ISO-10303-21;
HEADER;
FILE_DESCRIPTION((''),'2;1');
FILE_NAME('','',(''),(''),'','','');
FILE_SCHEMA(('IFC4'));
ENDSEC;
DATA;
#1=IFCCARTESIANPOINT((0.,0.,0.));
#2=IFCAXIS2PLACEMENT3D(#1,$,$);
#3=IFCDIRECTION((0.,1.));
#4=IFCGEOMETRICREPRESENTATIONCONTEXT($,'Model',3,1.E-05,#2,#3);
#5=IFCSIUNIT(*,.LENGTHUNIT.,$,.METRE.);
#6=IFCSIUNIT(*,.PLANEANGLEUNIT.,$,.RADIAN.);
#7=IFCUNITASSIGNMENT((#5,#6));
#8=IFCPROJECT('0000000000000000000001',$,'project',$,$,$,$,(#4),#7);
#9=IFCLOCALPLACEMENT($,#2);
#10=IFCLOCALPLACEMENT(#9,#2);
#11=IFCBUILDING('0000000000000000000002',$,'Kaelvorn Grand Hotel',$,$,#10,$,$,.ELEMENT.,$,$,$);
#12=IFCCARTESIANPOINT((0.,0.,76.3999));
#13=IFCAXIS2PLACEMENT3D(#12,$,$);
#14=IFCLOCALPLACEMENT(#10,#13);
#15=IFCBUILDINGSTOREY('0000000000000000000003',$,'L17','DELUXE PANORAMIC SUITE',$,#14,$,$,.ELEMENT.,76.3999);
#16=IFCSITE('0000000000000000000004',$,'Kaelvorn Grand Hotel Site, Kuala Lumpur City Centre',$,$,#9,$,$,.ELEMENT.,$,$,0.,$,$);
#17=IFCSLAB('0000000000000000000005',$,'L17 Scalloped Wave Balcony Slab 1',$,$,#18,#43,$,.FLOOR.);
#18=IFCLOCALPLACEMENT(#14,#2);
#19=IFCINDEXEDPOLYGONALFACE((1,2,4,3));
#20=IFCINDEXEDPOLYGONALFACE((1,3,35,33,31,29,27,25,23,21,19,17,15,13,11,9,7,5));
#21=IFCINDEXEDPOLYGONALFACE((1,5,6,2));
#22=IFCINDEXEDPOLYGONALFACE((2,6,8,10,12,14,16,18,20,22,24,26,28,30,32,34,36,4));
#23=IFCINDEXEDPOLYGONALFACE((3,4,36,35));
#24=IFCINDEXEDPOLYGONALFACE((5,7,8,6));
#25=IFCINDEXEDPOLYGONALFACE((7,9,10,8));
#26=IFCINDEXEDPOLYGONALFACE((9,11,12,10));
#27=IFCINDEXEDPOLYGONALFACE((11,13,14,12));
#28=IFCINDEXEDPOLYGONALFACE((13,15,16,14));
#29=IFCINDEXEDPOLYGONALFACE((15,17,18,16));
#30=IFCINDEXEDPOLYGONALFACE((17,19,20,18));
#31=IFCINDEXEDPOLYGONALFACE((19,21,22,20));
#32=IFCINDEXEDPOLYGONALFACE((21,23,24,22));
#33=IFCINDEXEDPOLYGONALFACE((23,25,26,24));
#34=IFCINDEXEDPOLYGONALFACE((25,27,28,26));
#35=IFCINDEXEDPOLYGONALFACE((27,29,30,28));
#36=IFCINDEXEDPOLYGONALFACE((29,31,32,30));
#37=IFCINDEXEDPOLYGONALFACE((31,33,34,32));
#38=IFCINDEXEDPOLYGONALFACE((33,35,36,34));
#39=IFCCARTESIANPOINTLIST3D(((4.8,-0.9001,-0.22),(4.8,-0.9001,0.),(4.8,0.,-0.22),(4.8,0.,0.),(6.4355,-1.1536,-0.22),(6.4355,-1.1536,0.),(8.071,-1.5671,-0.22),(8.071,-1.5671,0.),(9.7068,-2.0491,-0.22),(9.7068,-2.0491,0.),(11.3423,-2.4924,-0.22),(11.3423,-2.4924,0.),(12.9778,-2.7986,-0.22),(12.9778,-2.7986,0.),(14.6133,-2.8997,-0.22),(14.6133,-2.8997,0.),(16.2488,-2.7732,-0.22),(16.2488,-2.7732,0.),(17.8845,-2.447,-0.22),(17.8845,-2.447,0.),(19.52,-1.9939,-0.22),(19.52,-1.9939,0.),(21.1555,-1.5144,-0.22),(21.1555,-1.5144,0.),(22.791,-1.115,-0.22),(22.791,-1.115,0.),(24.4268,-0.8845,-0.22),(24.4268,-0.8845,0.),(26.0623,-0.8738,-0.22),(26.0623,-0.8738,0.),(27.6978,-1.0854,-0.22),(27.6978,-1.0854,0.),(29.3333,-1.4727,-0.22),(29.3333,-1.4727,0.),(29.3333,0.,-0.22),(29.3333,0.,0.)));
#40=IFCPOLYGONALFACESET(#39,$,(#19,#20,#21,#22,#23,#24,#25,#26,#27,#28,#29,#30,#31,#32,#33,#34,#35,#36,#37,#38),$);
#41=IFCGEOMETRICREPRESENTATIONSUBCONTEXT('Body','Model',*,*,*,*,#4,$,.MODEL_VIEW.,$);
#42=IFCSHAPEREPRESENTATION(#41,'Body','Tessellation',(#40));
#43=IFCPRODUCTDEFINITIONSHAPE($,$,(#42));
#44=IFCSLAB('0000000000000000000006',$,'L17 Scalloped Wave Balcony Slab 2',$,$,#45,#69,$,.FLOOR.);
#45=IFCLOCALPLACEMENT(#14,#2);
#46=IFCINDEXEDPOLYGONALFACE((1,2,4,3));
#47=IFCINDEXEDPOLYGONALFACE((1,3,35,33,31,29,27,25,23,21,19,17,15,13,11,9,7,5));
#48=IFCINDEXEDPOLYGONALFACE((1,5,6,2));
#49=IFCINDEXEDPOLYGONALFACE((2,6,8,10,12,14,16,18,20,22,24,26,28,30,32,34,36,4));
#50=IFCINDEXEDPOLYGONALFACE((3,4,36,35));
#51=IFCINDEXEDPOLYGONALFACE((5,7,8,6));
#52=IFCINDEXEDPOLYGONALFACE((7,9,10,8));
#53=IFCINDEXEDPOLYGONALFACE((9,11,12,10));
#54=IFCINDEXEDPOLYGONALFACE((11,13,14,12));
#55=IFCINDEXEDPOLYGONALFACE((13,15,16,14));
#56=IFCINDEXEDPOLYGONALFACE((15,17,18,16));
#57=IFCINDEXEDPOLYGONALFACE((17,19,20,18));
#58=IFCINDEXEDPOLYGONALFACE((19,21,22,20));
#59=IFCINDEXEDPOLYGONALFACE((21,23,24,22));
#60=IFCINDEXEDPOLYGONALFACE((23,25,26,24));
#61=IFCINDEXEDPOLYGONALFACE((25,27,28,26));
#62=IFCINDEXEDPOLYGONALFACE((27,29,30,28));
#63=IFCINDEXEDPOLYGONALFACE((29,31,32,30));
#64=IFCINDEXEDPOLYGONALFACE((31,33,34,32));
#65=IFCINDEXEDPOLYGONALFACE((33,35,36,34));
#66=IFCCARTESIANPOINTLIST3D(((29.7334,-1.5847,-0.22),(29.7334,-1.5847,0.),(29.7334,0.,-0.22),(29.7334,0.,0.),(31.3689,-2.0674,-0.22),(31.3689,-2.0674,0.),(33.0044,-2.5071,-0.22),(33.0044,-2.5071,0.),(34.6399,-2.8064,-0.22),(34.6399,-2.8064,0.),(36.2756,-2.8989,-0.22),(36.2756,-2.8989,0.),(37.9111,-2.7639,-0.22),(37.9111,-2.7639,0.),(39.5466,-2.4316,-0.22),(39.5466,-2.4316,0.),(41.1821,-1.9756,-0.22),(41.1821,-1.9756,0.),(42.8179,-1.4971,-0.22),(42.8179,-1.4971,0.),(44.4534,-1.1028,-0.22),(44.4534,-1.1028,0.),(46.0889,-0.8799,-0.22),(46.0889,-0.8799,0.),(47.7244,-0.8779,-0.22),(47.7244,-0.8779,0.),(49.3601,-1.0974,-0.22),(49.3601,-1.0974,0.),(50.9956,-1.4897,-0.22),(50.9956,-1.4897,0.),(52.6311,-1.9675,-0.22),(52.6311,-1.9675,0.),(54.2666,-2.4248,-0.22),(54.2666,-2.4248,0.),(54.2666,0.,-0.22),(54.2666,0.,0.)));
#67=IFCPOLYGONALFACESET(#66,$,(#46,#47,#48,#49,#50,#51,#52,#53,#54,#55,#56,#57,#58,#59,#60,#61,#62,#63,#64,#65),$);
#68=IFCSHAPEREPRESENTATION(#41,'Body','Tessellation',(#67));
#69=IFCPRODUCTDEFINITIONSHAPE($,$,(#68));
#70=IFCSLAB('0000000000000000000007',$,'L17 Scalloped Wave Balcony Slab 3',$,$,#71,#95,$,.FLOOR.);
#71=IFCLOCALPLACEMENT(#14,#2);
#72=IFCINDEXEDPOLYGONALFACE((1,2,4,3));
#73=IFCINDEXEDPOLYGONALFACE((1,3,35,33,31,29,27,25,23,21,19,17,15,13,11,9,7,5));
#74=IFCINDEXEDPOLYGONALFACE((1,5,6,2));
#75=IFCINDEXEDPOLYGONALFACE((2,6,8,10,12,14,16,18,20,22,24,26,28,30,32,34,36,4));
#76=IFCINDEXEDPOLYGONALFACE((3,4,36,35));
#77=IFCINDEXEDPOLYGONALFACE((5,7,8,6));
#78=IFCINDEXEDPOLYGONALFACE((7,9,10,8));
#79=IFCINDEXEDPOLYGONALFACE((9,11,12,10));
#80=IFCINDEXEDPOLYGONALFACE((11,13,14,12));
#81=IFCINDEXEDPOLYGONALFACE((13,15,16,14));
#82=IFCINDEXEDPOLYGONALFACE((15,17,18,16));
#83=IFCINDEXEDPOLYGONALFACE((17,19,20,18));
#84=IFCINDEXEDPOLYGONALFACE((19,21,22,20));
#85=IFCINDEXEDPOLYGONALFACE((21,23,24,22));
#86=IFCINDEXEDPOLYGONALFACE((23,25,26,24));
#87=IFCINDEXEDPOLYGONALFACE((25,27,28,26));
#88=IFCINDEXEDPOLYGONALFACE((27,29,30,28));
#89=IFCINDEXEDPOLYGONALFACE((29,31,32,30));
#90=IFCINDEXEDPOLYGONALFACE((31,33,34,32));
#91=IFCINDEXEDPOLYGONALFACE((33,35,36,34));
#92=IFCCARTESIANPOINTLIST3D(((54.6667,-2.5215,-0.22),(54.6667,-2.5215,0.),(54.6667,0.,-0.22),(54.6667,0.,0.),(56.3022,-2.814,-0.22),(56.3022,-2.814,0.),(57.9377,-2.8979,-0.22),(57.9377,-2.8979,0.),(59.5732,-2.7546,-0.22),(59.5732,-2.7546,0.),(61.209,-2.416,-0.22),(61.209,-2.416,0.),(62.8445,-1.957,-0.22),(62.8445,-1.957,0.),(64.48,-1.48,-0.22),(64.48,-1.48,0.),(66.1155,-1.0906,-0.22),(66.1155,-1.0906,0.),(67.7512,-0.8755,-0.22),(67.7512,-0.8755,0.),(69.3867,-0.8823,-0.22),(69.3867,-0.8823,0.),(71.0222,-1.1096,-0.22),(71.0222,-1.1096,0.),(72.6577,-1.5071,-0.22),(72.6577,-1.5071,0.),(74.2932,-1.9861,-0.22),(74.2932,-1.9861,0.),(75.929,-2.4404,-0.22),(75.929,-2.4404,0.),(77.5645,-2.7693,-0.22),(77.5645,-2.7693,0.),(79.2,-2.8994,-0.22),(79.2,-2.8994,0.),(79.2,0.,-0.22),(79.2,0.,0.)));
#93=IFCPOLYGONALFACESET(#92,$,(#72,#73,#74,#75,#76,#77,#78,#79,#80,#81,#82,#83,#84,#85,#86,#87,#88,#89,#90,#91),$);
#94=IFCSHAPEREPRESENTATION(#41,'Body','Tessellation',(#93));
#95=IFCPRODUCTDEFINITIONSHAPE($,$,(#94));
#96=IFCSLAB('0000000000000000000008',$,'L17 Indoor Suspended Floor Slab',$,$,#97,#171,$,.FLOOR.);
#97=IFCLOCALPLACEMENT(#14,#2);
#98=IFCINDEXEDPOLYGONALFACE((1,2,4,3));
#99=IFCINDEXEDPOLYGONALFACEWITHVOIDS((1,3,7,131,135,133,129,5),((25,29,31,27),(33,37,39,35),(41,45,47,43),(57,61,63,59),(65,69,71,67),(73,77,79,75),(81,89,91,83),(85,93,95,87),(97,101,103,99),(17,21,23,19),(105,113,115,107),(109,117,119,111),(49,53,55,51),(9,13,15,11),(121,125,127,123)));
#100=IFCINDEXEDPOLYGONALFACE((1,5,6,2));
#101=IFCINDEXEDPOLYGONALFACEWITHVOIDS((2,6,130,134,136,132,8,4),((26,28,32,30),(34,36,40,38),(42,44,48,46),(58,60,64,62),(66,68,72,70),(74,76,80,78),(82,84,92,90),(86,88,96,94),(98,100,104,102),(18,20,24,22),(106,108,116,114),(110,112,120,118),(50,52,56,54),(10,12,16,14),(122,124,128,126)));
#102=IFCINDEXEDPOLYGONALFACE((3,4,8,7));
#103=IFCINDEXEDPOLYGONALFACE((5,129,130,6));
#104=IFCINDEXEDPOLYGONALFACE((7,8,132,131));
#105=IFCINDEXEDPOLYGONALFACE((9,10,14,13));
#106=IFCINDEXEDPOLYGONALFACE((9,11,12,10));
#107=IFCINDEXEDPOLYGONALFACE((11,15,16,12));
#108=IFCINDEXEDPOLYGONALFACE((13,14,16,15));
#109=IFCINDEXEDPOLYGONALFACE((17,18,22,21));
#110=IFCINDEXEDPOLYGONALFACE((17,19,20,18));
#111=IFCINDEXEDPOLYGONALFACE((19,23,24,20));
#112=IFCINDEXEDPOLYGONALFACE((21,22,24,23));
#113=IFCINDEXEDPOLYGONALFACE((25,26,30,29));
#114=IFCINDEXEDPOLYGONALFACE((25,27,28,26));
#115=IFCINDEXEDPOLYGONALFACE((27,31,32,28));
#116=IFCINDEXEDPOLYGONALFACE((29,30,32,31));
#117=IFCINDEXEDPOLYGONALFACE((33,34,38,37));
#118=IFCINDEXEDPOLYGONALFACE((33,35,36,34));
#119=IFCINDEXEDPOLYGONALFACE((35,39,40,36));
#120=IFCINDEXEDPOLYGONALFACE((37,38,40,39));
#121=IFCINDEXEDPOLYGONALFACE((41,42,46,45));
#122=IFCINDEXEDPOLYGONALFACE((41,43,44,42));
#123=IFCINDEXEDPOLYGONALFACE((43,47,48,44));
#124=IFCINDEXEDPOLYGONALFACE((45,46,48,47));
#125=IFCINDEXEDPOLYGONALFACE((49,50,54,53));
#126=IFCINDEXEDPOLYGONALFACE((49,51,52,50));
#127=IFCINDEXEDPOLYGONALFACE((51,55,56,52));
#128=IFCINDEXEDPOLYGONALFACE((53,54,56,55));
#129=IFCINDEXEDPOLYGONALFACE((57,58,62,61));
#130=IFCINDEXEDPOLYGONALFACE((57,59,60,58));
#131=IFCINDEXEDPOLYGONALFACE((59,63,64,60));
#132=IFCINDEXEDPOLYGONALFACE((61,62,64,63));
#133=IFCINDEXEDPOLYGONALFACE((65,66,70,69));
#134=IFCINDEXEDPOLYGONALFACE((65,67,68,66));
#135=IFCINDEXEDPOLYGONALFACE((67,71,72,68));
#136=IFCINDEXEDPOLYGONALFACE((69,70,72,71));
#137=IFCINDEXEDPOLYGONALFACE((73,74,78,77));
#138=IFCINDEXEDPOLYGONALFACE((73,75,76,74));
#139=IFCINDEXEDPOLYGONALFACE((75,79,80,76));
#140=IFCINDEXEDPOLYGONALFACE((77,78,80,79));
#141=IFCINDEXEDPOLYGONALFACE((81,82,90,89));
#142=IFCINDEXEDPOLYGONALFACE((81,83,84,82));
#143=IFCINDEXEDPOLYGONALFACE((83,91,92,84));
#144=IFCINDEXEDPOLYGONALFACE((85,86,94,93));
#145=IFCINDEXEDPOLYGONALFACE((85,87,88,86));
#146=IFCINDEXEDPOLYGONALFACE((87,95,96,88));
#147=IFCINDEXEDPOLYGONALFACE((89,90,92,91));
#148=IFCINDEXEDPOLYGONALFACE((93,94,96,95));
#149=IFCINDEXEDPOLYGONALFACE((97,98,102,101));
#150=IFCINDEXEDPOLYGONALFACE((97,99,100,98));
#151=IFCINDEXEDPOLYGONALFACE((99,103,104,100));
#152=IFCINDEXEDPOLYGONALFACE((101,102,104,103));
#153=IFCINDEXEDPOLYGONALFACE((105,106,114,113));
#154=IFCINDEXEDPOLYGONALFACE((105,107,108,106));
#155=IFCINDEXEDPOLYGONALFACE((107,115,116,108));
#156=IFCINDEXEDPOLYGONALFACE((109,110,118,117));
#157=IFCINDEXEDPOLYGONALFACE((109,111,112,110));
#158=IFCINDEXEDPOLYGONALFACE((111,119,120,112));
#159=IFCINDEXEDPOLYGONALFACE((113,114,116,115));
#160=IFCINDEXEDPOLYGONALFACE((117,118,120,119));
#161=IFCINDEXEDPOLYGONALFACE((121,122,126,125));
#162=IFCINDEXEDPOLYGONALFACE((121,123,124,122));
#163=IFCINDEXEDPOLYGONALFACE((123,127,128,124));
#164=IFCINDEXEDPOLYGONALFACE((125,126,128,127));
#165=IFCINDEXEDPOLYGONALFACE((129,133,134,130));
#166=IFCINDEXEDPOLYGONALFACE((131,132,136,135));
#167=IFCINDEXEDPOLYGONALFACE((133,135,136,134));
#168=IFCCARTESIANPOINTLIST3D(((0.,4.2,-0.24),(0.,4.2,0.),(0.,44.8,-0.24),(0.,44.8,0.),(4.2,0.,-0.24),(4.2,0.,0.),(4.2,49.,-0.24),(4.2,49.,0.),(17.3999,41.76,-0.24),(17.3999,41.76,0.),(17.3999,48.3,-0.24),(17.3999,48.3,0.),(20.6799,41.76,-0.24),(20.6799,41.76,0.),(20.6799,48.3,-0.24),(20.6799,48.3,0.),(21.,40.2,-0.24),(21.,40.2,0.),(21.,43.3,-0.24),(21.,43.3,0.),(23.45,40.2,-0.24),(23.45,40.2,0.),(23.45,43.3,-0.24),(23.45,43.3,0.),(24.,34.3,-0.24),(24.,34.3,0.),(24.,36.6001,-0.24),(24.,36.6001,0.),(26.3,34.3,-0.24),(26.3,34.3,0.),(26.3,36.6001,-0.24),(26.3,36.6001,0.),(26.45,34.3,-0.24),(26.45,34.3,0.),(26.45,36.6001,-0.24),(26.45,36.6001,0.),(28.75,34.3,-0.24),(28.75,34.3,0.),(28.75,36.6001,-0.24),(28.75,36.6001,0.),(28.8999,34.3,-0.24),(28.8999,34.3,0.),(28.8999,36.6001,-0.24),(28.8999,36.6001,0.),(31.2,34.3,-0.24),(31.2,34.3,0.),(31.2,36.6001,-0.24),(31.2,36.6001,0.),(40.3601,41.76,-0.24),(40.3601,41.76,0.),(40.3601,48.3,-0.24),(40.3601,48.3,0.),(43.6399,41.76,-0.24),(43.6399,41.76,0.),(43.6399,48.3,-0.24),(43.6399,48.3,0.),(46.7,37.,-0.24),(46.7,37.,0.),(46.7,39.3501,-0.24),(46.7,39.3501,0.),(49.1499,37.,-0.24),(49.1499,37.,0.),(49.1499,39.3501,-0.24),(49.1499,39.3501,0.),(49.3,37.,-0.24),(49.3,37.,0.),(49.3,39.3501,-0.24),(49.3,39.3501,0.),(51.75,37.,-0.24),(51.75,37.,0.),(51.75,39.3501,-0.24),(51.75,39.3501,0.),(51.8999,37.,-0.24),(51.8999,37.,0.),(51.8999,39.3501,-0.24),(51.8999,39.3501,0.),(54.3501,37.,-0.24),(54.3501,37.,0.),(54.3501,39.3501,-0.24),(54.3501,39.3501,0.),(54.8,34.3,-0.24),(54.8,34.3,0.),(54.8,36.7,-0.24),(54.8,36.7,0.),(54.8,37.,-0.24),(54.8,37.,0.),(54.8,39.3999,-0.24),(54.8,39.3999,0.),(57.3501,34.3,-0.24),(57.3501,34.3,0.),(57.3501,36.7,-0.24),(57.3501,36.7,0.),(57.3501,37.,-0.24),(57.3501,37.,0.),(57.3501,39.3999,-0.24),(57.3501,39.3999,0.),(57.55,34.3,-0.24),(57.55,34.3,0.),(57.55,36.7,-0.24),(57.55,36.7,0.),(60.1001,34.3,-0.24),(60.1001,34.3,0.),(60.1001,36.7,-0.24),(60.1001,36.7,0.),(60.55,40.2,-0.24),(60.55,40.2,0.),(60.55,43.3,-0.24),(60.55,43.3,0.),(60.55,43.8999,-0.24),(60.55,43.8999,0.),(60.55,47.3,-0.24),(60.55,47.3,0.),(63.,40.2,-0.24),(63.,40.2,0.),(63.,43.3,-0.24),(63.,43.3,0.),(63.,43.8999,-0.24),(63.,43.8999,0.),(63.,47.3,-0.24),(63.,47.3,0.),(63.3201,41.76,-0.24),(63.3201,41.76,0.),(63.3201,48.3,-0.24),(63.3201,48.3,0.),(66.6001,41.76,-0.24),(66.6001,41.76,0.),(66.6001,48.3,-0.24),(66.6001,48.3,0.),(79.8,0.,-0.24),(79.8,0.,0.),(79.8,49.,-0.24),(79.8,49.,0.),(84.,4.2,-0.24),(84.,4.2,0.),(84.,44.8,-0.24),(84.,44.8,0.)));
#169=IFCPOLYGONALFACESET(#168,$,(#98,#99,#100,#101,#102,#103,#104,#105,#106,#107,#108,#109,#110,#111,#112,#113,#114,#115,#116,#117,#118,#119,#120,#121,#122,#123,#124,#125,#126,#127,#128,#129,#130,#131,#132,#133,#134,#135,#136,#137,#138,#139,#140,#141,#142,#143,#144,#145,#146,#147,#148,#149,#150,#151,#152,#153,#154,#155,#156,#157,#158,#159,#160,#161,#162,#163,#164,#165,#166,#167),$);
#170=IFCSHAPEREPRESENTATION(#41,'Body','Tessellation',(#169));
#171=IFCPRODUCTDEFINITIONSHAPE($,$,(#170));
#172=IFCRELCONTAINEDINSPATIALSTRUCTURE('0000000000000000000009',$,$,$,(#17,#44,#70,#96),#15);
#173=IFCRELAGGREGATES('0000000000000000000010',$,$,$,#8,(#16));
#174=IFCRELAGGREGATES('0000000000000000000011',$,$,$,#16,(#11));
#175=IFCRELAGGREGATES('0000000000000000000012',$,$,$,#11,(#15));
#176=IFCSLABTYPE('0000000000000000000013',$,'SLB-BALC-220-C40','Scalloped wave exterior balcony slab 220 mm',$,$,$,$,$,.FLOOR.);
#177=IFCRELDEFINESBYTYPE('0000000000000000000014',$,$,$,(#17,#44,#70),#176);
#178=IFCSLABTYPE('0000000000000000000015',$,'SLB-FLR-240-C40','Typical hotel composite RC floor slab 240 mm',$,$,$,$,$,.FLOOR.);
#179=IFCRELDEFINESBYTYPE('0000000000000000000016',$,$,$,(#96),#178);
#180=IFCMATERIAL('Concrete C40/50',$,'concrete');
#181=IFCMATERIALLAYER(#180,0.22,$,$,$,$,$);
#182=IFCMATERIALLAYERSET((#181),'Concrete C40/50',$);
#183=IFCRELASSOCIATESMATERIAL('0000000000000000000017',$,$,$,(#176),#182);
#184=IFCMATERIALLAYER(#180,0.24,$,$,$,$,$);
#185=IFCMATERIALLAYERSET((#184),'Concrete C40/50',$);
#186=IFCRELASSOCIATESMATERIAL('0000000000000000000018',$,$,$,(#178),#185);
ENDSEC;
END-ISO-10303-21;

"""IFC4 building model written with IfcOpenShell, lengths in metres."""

from ifc_helpers import new_model, si_unit, direction, frame, origin, place, context, subcontext, project, spatial, polyline, outline, extrude, material, layer, layer_set, type_object, element, save


model = new_model("IFC4")

# Units and contexts
model_context = context("Model", 3, precision=1e-05, world=origin(), true_north=direction((0.0, 1.0)))
body_context = subcontext(model_context, "Body", "Model", "MODEL_VIEW")
ifc_project = project(units=[si_unit("LENGTHUNIT", "METRE"), si_unit("PLANEANGLEUNIT", "RADIAN")], contexts=[model_context])

# Site, building, storey
site_placement = place(None, origin())
site = spatial("IfcSite", under=ifc_project, at=site_placement, Name="Kaelvorn Grand Hotel Site, Kuala Lumpur City Centre", CompositionType="ELEMENT", RefElevation=0.0)
building_placement = place(site_placement, origin())
building = spatial("IfcBuilding", under=site, at=building_placement, Name="Kaelvorn Grand Hotel", CompositionType="ELEMENT")
storey_placement = place(building_placement, frame((0.0, 0.0, 76.3999)))
storey = spatial("IfcBuildingStorey", under=building, at=storey_placement, Name="L17", Description="DELUXE PANORAMIC SUITE", CompositionType="ELEMENT", Elevation=76.3999)

# Slabs
ifc_material_1 = material(Name="Concrete C40/50", Category="concrete")
ifc_layer_1 = layer(ifc_material_1, 0.22)
ifc_layer_set_1 = layer_set([ifc_layer_1], Name="Concrete C40/50")
slab_type_1 = type_object("IfcSlabType", Name="SLB-BALC-220-C40", Description="Scalloped wave exterior balcony slab 220 mm", PredefinedType="FLOOR", material=ifc_layer_set_1)
slab_1_placement = place(storey_placement, frame((0.0, 0.0, -0.22)))
element("IfcSlab", 1, at=slab_1_placement, inside=storey, type_object=slab_type_1, Name="L17 Scalloped Wave Balcony Slab 1", PredefinedType="FLOOR", context=body_context, shape_type="SweptSolid", body=[
    extrude(outline(polyline([(4.8, -0.9001), (6.4355, -1.1536), (8.071, -1.5671), (9.7068, -2.0491), (11.3423, -2.4924), (12.9778, -2.7986), (14.6133, -2.8997), (16.2488, -2.7732), (17.8845, -2.447), (19.52, -1.9939), (21.1555, -1.5144), (22.791, -1.115), (24.4268, -0.8845), (26.0623, -0.8738), (27.6978, -1.0854), (29.3333, -1.4727), (29.3333, 0.0), (4.8, 0.0), (4.8, -0.9001)])), origin(), (0.0, 0.0, 1.0), 0.22),
])
slab_2_placement = place(storey_placement, frame((0.0, 0.0, -0.22)))
element("IfcSlab", 2, at=slab_2_placement, inside=storey, type_object=slab_type_1, Name="L17 Scalloped Wave Balcony Slab 2", PredefinedType="FLOOR", context=body_context, shape_type="SweptSolid", body=[
    extrude(outline(polyline([(29.7334, -1.5847), (31.3689, -2.0674), (33.0044, -2.5071), (34.6399, -2.8064), (36.2756, -2.8989), (37.9111, -2.7639), (39.5466, -2.4316), (41.1821, -1.9756), (42.8179, -1.4971), (44.4534, -1.1028), (46.0889, -0.8799), (47.7244, -0.8779), (49.3601, -1.0974), (50.9956, -1.4897), (52.6311, -1.9675), (54.2666, -2.4248), (54.2666, 0.0), (29.7334, 0.0), (29.7334, -1.5847)])), origin(), (0.0, 0.0, 1.0), 0.22),
])
slab_3_placement = place(storey_placement, frame((0.0, 0.0, -0.22)))
element("IfcSlab", 3, at=slab_3_placement, inside=storey, type_object=slab_type_1, Name="L17 Scalloped Wave Balcony Slab 3", PredefinedType="FLOOR", context=body_context, shape_type="SweptSolid", body=[
    extrude(outline(polyline([(54.6667, -2.5215), (56.3022, -2.814), (57.9377, -2.8979), (59.5732, -2.7546), (61.209, -2.416), (62.8445, -1.957), (64.48, -1.48), (66.1155, -1.0906), (67.7512, -0.8755), (69.3867, -0.8823), (71.0222, -1.1096), (72.6577, -1.5071), (74.2932, -1.9861), (75.929, -2.4404), (77.5645, -2.7693), (79.2, -2.8994), (79.2, 0.0), (54.6667, 0.0), (54.6667, -2.5215)])), origin(), (0.0, 0.0, 1.0), 0.22),
])
ifc_layer_2 = layer(ifc_material_1, 0.24)
ifc_layer_set_2 = layer_set([ifc_layer_2], Name="Concrete C40/50")
slab_type_2 = type_object("IfcSlabType", Name="SLB-FLR-240-C40", Description="Typical hotel composite RC floor slab 240 mm", PredefinedType="FLOOR", material=ifc_layer_set_2)
slab_4_placement = place(storey_placement, frame((0.0, 0.0, -0.24)))
element("IfcSlab", 4, at=slab_4_placement, inside=storey, type_object=slab_type_2, Name="L17 Indoor Suspended Floor Slab", PredefinedType="FLOOR", context=body_context, shape_type="SweptSolid", body=[
    extrude(outline(polyline([(4.2, 0.0), (79.8, 0.0), (84.0, 4.2), (84.0, 44.8), (79.8, 49.0), (4.2, 49.0), (0.0, 44.8), (0.0, 4.2), (4.2, 0.0)]), holes=[polyline([(17.3999, 41.76), (17.3999, 48.3), (20.6799, 48.3), (20.6799, 41.76), (17.3999, 41.76)]), polyline([(40.3601, 41.76), (40.3601, 48.3), (43.6399, 48.3), (43.6399, 41.76), (40.3601, 41.76)]), polyline([(63.3201, 41.76), (63.3201, 48.3), (66.6001, 48.3), (66.6001, 41.76), (63.3201, 41.76)]), polyline([(24.0, 34.3), (24.0, 36.6001), (26.3, 36.6001), (26.3, 34.3), (24.0, 34.3)]), polyline([(26.45, 34.3), (26.45, 36.6001), (28.75, 36.6001), (28.75, 34.3), (26.45, 34.3)]), polyline([(28.8999, 34.3), (28.8999, 36.6001), (31.2, 36.6001), (31.2, 34.3), (28.8999, 34.3)]), polyline([(46.7, 37.0), (46.7, 39.3501), (49.1499, 39.3501), (49.1499, 37.0), (46.7, 37.0)]), polyline([(49.3, 37.0), (49.3, 39.3501), (51.75, 39.3501), (51.75, 37.0), (49.3, 37.0)]), polyline([(51.8999, 37.0), (51.8999, 39.3501), (54.3501, 39.3501), (54.3501, 37.0), (51.8999, 37.0)]), polyline([(54.8, 34.3), (54.8, 36.7), (57.3501, 36.7), (57.3501, 34.3), (54.8, 34.3)]), polyline([(57.55, 34.3), (57.55, 36.7), (60.1001, 36.7), (60.1001, 34.3), (57.55, 34.3)]), polyline([(54.8, 37.0), (54.8, 39.3999), (57.3501, 39.3999), (57.3501, 37.0), (54.8, 37.0)]), polyline([(21.0, 40.2), (21.0, 43.3), (23.45, 43.3), (23.45, 40.2), (21.0, 40.2)]), polyline([(60.55, 40.2), (60.55, 43.3), (63.0, 43.3), (63.0, 40.2), (60.55, 40.2)]), polyline([(60.55, 43.8999), (60.55, 47.3), (63.0, 47.3), (63.0, 43.8999), (60.55, 43.8999)])]), origin(), (0.0, 0.0, 1.0), 0.24),
])

save(model, "model.ifc")
